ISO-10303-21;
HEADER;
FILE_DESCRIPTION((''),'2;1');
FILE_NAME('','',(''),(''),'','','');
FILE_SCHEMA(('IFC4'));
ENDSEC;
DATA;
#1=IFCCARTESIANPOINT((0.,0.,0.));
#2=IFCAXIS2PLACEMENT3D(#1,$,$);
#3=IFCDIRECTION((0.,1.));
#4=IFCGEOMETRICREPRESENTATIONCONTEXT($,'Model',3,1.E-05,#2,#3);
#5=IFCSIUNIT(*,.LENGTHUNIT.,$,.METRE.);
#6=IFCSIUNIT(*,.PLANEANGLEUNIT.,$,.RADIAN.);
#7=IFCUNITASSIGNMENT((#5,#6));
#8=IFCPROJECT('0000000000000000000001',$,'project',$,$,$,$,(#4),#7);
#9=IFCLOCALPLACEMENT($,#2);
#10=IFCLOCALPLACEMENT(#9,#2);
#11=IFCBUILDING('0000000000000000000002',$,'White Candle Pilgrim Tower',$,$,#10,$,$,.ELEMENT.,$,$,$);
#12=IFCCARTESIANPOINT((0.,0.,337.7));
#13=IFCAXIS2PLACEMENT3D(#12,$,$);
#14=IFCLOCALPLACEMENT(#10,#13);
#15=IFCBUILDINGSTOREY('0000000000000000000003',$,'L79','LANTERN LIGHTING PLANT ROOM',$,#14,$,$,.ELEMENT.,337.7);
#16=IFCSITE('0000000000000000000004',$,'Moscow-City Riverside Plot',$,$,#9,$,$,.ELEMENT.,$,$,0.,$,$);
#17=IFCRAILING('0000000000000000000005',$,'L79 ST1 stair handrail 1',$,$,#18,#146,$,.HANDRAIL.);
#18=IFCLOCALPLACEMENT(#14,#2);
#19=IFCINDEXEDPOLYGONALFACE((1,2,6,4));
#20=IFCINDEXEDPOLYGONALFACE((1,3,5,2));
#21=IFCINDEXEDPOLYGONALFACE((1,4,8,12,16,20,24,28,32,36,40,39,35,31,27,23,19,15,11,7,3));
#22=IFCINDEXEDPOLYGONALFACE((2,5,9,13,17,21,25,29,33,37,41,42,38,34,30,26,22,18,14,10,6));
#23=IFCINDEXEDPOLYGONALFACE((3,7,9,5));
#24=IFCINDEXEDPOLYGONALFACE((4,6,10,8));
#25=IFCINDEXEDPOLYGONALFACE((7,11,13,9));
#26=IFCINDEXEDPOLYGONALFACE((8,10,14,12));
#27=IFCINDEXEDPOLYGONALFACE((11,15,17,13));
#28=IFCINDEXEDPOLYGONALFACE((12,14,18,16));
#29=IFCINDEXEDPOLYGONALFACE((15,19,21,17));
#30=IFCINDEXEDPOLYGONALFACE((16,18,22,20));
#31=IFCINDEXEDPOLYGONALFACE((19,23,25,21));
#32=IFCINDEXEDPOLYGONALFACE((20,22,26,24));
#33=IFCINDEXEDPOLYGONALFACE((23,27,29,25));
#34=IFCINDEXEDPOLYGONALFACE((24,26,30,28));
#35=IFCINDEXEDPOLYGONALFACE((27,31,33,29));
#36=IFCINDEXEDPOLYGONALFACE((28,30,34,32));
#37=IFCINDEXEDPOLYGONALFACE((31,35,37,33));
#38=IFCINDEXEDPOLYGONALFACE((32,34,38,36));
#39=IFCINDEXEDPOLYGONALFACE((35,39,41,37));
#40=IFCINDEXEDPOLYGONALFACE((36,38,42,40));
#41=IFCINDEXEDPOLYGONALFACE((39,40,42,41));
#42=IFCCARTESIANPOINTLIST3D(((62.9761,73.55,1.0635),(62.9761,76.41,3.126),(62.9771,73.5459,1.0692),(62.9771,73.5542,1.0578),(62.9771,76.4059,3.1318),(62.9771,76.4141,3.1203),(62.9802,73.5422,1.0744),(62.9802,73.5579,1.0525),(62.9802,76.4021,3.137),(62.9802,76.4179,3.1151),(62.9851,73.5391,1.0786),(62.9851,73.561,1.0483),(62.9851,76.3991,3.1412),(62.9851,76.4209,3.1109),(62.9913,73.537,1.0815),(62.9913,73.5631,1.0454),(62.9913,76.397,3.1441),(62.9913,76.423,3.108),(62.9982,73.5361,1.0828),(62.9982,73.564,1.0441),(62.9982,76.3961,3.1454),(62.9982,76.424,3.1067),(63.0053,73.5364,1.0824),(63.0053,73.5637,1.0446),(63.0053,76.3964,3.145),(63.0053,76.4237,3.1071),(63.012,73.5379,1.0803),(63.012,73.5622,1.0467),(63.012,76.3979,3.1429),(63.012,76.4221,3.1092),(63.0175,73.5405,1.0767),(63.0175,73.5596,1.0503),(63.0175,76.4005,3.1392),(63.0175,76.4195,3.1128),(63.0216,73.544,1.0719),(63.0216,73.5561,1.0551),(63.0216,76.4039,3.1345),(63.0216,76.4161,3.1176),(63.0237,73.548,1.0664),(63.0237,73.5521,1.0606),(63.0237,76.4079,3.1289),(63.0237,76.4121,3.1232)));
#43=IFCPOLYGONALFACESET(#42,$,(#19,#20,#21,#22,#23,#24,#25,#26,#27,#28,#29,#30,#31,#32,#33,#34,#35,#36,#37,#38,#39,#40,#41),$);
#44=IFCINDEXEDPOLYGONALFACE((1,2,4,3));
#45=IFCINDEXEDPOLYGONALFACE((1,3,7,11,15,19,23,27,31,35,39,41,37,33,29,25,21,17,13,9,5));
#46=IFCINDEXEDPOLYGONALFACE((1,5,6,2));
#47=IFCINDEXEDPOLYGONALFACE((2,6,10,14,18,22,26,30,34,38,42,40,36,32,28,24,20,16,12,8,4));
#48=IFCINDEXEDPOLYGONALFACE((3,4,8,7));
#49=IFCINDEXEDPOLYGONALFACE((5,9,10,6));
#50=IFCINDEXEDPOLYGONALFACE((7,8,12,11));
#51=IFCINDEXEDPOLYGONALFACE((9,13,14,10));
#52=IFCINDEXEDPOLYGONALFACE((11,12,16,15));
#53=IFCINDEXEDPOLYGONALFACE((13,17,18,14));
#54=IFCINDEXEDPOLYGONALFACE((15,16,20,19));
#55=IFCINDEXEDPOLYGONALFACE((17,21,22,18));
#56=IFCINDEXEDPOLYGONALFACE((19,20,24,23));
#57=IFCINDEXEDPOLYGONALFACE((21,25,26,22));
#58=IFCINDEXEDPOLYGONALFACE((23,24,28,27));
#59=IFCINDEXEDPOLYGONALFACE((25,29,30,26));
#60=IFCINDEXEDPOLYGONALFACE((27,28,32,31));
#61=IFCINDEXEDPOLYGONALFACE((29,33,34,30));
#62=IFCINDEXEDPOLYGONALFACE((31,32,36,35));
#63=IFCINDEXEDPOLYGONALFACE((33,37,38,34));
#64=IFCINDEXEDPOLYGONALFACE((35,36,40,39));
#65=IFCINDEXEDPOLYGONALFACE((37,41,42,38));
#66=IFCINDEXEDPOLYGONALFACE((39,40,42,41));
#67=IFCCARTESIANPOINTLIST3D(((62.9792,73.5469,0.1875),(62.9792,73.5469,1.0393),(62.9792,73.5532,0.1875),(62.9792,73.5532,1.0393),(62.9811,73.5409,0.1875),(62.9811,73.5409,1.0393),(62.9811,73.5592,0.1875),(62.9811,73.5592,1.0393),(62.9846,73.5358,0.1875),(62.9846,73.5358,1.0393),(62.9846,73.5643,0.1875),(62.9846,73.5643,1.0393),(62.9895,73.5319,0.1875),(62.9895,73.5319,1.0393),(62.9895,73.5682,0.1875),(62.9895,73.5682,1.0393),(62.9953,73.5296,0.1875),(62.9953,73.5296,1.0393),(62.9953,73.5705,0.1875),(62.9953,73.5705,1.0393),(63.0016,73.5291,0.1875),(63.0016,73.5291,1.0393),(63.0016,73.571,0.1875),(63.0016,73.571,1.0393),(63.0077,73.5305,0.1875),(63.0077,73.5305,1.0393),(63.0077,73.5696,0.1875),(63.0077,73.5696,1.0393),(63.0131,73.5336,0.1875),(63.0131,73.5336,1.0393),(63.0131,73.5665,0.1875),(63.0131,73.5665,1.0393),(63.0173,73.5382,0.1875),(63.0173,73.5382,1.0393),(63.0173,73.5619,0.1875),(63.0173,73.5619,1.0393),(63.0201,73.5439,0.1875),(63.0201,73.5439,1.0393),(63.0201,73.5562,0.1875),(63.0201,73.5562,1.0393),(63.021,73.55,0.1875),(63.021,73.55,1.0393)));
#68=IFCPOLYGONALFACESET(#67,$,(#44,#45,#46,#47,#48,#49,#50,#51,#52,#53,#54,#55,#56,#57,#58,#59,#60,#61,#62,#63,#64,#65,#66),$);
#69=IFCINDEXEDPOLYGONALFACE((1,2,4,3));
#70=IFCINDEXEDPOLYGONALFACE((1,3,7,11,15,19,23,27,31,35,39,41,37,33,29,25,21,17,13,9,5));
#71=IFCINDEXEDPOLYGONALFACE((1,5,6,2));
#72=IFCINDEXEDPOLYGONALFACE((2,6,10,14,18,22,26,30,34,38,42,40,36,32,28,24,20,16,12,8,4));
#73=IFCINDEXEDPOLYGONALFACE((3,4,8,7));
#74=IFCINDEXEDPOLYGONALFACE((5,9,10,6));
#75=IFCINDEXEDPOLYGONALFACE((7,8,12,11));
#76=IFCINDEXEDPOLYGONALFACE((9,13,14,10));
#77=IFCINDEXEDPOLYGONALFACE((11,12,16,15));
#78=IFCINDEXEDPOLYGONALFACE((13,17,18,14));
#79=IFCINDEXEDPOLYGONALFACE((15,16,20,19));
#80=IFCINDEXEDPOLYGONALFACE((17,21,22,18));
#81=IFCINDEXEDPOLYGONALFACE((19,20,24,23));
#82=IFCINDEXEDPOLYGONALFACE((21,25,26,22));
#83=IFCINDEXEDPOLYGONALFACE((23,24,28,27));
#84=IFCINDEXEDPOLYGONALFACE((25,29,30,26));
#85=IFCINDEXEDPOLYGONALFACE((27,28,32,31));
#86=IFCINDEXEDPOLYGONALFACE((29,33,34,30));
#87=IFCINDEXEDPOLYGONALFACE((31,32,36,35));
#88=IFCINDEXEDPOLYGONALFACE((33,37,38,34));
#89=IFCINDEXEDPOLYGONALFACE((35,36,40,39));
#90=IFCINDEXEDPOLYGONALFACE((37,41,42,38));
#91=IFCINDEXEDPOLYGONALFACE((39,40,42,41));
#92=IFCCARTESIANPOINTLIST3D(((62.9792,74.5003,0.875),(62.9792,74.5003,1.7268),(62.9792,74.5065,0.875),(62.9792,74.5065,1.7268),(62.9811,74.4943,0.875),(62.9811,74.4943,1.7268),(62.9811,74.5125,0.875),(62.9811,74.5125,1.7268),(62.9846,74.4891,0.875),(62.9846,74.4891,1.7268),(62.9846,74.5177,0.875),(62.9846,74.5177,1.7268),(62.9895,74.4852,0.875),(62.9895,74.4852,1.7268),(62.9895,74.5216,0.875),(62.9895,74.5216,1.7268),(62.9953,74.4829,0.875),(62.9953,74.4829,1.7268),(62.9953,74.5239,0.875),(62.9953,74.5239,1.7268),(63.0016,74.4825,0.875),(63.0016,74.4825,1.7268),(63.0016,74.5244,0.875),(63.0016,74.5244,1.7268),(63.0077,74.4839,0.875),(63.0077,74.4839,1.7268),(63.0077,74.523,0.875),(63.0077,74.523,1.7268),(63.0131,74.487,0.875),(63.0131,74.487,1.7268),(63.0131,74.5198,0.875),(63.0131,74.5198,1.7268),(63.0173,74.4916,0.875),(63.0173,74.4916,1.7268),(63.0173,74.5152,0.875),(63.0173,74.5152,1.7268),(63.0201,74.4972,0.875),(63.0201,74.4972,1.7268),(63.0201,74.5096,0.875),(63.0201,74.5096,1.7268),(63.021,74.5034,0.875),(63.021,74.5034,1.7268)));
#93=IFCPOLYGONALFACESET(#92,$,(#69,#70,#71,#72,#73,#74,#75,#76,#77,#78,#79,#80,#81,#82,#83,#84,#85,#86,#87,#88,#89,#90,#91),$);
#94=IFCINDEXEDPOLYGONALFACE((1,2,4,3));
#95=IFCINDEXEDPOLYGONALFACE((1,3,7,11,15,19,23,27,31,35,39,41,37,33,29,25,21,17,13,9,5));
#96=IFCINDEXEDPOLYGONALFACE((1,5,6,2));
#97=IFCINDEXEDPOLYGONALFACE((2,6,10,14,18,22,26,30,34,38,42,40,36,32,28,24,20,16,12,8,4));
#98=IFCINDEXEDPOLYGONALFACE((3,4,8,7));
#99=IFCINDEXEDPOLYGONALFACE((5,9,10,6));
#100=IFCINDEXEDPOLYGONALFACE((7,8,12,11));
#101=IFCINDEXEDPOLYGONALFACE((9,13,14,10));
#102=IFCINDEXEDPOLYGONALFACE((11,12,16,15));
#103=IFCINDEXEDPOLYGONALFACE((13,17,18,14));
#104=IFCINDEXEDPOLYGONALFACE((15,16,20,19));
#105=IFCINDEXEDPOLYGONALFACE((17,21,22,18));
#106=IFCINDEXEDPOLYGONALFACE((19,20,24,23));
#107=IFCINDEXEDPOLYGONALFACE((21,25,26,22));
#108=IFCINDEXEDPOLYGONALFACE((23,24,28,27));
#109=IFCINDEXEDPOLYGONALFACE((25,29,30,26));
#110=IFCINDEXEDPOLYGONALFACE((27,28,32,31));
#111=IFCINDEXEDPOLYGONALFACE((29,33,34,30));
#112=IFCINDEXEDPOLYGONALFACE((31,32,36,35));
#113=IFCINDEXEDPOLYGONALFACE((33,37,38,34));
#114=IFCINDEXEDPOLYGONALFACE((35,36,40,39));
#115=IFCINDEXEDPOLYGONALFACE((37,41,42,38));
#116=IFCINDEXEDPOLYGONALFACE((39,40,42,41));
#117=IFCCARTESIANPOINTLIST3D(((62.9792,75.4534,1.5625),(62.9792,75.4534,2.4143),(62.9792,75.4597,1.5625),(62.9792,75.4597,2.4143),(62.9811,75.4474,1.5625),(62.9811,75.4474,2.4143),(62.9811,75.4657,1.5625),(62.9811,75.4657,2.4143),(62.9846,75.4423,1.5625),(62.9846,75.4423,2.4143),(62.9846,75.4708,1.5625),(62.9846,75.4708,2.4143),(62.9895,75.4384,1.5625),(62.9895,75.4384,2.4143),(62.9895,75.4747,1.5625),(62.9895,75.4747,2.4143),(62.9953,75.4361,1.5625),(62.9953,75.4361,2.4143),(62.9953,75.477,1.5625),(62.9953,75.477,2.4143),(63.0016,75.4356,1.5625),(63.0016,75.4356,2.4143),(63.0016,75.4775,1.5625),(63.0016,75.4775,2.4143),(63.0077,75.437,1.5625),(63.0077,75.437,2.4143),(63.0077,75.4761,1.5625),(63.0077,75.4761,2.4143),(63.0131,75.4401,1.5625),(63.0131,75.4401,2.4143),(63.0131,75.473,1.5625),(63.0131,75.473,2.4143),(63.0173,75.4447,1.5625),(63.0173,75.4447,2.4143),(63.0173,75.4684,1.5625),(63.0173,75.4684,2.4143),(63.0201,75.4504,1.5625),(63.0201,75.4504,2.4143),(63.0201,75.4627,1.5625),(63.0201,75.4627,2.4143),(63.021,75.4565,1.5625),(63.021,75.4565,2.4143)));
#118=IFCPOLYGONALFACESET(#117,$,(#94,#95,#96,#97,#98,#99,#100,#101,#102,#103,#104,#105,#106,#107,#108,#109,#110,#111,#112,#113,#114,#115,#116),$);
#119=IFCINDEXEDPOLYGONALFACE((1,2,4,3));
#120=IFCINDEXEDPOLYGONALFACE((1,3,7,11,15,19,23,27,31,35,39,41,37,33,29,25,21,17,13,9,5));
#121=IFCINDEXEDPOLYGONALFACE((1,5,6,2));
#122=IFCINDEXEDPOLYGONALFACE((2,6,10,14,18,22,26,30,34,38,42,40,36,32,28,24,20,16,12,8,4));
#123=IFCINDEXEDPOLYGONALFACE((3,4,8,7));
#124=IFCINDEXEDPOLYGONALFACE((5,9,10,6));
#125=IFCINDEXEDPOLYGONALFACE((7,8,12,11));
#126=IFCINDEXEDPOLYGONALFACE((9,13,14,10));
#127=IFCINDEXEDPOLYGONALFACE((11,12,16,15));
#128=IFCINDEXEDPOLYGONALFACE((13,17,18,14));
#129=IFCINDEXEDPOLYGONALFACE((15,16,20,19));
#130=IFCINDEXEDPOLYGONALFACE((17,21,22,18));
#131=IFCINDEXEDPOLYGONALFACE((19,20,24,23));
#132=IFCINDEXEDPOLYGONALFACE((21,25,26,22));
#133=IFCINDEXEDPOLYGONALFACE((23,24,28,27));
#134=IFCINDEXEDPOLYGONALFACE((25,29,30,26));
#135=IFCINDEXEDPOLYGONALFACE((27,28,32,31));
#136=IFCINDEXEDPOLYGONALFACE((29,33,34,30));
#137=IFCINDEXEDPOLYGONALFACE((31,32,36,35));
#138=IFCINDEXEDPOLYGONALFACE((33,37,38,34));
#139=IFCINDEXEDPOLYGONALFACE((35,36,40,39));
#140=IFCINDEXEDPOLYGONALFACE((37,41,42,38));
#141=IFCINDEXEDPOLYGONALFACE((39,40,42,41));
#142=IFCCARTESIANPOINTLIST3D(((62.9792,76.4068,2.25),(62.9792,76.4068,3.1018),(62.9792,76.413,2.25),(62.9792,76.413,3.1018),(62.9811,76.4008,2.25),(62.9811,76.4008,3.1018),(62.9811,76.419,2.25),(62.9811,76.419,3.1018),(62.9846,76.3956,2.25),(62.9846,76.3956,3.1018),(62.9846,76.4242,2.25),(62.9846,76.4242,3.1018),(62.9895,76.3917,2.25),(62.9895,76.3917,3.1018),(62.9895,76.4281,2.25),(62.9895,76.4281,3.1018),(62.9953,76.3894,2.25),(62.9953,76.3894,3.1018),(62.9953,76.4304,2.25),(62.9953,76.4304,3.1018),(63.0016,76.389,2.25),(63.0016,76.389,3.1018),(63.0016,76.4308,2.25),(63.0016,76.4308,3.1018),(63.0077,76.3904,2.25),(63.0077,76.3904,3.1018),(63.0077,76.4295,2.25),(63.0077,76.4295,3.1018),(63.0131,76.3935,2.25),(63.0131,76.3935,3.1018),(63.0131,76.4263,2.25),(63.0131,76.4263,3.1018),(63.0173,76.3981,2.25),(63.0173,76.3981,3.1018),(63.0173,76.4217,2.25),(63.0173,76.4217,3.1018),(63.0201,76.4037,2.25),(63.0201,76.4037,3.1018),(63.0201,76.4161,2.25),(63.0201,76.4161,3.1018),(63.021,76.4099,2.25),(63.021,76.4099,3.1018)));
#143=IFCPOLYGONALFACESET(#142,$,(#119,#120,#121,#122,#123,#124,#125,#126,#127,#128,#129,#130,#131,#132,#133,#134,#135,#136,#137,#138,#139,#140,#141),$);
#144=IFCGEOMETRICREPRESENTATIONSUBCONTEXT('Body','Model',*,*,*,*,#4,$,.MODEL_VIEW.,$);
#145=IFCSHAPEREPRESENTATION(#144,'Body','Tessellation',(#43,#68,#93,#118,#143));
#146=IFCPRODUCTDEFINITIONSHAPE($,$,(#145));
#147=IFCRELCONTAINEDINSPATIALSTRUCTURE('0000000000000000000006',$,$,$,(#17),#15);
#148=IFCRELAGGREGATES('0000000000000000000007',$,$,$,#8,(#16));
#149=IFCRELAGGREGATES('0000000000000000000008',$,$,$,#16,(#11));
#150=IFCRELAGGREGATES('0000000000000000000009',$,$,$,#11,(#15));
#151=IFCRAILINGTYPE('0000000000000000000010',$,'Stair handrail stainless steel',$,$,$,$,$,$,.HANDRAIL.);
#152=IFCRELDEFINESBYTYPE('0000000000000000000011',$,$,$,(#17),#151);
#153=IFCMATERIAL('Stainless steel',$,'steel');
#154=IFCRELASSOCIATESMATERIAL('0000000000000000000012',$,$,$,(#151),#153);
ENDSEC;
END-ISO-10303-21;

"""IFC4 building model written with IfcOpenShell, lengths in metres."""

from ifc_helpers import new_model, si_unit, direction, frame, origin, origin_2d, place, context, subcontext, project, spatial, circle, extrude, material, type_object, element, save


model = new_model("IFC4")

# Units and contexts
model_context = context("Model", 3, precision=1e-05, world=origin(), true_north=direction((0.0, 1.0)))
body_context = subcontext(model_context, "Body", "Model", "MODEL_VIEW")
ifc_project = project(units=[si_unit("LENGTHUNIT", "METRE"), si_unit("PLANEANGLEUNIT", "RADIAN")], contexts=[model_context])

# Site, building, storey
site_placement = place(None, origin())
site = spatial("IfcSite", under=ifc_project, at=site_placement, Name="Moscow-City Riverside Plot", CompositionType="ELEMENT", RefElevation=0.0)
building_placement = place(site_placement, origin())
building = spatial("IfcBuilding", under=site, at=building_placement, Name="White Candle Pilgrim Tower", CompositionType="ELEMENT")
storey_placement = place(building_placement, frame((0.0, 0.0, 337.7)))
storey = spatial("IfcBuildingStorey", under=building, at=storey_placement, Name="L79", Description="LANTERN LIGHTING PLANT ROOM", CompositionType="ELEMENT", Elevation=337.7)

# Railing
ifc_material_1 = material(Name="Stainless steel", Category="steel")
railing_type_1 = type_object("IfcRailingType", Name="Stair handrail stainless steel", PredefinedType="HANDRAIL", material=ifc_material_1)
railing_1_placement = place(storey_placement, frame((63.0, 73.55, 0.1875)))
element("IfcRailing", 1, at=railing_1_placement, inside=storey, type_object=railing_type_1, Name="L79 ST1 stair handrail 1", PredefinedType="HANDRAIL", context=body_context, shape_type="SweptSolid", body=[
    extrude(circle(Radius=0.0239, at=origin_2d()), frame((0.0, 0.0, 0.876), z_axis=(0.0, 0.811077, 0.584939), x_axis=(-1.0, 0.0, 0.0)), (0.0, 0.0, 1.0), 3.5261),
    extrude(circle(Radius=0.021, at=origin_2d()), origin(), (0.0, 0.0, 1.0), 0.8518),
    extrude(circle(Radius=0.021, at=origin_2d()), frame((0.0, 0.9534, 0.6875)), (0.0, 0.0, 1.0), 0.8518),
    extrude(circle(Radius=0.021, at=origin_2d()), frame((0.0, 1.9065, 1.375)), (0.0, 0.0, 1.0), 0.8518),
    extrude(circle(Radius=0.021, at=origin_2d()), frame((0.0, 2.8599, 2.0625)), (0.0, 0.0, 1.0), 0.8518),
])

save(model, "model.ifc")
